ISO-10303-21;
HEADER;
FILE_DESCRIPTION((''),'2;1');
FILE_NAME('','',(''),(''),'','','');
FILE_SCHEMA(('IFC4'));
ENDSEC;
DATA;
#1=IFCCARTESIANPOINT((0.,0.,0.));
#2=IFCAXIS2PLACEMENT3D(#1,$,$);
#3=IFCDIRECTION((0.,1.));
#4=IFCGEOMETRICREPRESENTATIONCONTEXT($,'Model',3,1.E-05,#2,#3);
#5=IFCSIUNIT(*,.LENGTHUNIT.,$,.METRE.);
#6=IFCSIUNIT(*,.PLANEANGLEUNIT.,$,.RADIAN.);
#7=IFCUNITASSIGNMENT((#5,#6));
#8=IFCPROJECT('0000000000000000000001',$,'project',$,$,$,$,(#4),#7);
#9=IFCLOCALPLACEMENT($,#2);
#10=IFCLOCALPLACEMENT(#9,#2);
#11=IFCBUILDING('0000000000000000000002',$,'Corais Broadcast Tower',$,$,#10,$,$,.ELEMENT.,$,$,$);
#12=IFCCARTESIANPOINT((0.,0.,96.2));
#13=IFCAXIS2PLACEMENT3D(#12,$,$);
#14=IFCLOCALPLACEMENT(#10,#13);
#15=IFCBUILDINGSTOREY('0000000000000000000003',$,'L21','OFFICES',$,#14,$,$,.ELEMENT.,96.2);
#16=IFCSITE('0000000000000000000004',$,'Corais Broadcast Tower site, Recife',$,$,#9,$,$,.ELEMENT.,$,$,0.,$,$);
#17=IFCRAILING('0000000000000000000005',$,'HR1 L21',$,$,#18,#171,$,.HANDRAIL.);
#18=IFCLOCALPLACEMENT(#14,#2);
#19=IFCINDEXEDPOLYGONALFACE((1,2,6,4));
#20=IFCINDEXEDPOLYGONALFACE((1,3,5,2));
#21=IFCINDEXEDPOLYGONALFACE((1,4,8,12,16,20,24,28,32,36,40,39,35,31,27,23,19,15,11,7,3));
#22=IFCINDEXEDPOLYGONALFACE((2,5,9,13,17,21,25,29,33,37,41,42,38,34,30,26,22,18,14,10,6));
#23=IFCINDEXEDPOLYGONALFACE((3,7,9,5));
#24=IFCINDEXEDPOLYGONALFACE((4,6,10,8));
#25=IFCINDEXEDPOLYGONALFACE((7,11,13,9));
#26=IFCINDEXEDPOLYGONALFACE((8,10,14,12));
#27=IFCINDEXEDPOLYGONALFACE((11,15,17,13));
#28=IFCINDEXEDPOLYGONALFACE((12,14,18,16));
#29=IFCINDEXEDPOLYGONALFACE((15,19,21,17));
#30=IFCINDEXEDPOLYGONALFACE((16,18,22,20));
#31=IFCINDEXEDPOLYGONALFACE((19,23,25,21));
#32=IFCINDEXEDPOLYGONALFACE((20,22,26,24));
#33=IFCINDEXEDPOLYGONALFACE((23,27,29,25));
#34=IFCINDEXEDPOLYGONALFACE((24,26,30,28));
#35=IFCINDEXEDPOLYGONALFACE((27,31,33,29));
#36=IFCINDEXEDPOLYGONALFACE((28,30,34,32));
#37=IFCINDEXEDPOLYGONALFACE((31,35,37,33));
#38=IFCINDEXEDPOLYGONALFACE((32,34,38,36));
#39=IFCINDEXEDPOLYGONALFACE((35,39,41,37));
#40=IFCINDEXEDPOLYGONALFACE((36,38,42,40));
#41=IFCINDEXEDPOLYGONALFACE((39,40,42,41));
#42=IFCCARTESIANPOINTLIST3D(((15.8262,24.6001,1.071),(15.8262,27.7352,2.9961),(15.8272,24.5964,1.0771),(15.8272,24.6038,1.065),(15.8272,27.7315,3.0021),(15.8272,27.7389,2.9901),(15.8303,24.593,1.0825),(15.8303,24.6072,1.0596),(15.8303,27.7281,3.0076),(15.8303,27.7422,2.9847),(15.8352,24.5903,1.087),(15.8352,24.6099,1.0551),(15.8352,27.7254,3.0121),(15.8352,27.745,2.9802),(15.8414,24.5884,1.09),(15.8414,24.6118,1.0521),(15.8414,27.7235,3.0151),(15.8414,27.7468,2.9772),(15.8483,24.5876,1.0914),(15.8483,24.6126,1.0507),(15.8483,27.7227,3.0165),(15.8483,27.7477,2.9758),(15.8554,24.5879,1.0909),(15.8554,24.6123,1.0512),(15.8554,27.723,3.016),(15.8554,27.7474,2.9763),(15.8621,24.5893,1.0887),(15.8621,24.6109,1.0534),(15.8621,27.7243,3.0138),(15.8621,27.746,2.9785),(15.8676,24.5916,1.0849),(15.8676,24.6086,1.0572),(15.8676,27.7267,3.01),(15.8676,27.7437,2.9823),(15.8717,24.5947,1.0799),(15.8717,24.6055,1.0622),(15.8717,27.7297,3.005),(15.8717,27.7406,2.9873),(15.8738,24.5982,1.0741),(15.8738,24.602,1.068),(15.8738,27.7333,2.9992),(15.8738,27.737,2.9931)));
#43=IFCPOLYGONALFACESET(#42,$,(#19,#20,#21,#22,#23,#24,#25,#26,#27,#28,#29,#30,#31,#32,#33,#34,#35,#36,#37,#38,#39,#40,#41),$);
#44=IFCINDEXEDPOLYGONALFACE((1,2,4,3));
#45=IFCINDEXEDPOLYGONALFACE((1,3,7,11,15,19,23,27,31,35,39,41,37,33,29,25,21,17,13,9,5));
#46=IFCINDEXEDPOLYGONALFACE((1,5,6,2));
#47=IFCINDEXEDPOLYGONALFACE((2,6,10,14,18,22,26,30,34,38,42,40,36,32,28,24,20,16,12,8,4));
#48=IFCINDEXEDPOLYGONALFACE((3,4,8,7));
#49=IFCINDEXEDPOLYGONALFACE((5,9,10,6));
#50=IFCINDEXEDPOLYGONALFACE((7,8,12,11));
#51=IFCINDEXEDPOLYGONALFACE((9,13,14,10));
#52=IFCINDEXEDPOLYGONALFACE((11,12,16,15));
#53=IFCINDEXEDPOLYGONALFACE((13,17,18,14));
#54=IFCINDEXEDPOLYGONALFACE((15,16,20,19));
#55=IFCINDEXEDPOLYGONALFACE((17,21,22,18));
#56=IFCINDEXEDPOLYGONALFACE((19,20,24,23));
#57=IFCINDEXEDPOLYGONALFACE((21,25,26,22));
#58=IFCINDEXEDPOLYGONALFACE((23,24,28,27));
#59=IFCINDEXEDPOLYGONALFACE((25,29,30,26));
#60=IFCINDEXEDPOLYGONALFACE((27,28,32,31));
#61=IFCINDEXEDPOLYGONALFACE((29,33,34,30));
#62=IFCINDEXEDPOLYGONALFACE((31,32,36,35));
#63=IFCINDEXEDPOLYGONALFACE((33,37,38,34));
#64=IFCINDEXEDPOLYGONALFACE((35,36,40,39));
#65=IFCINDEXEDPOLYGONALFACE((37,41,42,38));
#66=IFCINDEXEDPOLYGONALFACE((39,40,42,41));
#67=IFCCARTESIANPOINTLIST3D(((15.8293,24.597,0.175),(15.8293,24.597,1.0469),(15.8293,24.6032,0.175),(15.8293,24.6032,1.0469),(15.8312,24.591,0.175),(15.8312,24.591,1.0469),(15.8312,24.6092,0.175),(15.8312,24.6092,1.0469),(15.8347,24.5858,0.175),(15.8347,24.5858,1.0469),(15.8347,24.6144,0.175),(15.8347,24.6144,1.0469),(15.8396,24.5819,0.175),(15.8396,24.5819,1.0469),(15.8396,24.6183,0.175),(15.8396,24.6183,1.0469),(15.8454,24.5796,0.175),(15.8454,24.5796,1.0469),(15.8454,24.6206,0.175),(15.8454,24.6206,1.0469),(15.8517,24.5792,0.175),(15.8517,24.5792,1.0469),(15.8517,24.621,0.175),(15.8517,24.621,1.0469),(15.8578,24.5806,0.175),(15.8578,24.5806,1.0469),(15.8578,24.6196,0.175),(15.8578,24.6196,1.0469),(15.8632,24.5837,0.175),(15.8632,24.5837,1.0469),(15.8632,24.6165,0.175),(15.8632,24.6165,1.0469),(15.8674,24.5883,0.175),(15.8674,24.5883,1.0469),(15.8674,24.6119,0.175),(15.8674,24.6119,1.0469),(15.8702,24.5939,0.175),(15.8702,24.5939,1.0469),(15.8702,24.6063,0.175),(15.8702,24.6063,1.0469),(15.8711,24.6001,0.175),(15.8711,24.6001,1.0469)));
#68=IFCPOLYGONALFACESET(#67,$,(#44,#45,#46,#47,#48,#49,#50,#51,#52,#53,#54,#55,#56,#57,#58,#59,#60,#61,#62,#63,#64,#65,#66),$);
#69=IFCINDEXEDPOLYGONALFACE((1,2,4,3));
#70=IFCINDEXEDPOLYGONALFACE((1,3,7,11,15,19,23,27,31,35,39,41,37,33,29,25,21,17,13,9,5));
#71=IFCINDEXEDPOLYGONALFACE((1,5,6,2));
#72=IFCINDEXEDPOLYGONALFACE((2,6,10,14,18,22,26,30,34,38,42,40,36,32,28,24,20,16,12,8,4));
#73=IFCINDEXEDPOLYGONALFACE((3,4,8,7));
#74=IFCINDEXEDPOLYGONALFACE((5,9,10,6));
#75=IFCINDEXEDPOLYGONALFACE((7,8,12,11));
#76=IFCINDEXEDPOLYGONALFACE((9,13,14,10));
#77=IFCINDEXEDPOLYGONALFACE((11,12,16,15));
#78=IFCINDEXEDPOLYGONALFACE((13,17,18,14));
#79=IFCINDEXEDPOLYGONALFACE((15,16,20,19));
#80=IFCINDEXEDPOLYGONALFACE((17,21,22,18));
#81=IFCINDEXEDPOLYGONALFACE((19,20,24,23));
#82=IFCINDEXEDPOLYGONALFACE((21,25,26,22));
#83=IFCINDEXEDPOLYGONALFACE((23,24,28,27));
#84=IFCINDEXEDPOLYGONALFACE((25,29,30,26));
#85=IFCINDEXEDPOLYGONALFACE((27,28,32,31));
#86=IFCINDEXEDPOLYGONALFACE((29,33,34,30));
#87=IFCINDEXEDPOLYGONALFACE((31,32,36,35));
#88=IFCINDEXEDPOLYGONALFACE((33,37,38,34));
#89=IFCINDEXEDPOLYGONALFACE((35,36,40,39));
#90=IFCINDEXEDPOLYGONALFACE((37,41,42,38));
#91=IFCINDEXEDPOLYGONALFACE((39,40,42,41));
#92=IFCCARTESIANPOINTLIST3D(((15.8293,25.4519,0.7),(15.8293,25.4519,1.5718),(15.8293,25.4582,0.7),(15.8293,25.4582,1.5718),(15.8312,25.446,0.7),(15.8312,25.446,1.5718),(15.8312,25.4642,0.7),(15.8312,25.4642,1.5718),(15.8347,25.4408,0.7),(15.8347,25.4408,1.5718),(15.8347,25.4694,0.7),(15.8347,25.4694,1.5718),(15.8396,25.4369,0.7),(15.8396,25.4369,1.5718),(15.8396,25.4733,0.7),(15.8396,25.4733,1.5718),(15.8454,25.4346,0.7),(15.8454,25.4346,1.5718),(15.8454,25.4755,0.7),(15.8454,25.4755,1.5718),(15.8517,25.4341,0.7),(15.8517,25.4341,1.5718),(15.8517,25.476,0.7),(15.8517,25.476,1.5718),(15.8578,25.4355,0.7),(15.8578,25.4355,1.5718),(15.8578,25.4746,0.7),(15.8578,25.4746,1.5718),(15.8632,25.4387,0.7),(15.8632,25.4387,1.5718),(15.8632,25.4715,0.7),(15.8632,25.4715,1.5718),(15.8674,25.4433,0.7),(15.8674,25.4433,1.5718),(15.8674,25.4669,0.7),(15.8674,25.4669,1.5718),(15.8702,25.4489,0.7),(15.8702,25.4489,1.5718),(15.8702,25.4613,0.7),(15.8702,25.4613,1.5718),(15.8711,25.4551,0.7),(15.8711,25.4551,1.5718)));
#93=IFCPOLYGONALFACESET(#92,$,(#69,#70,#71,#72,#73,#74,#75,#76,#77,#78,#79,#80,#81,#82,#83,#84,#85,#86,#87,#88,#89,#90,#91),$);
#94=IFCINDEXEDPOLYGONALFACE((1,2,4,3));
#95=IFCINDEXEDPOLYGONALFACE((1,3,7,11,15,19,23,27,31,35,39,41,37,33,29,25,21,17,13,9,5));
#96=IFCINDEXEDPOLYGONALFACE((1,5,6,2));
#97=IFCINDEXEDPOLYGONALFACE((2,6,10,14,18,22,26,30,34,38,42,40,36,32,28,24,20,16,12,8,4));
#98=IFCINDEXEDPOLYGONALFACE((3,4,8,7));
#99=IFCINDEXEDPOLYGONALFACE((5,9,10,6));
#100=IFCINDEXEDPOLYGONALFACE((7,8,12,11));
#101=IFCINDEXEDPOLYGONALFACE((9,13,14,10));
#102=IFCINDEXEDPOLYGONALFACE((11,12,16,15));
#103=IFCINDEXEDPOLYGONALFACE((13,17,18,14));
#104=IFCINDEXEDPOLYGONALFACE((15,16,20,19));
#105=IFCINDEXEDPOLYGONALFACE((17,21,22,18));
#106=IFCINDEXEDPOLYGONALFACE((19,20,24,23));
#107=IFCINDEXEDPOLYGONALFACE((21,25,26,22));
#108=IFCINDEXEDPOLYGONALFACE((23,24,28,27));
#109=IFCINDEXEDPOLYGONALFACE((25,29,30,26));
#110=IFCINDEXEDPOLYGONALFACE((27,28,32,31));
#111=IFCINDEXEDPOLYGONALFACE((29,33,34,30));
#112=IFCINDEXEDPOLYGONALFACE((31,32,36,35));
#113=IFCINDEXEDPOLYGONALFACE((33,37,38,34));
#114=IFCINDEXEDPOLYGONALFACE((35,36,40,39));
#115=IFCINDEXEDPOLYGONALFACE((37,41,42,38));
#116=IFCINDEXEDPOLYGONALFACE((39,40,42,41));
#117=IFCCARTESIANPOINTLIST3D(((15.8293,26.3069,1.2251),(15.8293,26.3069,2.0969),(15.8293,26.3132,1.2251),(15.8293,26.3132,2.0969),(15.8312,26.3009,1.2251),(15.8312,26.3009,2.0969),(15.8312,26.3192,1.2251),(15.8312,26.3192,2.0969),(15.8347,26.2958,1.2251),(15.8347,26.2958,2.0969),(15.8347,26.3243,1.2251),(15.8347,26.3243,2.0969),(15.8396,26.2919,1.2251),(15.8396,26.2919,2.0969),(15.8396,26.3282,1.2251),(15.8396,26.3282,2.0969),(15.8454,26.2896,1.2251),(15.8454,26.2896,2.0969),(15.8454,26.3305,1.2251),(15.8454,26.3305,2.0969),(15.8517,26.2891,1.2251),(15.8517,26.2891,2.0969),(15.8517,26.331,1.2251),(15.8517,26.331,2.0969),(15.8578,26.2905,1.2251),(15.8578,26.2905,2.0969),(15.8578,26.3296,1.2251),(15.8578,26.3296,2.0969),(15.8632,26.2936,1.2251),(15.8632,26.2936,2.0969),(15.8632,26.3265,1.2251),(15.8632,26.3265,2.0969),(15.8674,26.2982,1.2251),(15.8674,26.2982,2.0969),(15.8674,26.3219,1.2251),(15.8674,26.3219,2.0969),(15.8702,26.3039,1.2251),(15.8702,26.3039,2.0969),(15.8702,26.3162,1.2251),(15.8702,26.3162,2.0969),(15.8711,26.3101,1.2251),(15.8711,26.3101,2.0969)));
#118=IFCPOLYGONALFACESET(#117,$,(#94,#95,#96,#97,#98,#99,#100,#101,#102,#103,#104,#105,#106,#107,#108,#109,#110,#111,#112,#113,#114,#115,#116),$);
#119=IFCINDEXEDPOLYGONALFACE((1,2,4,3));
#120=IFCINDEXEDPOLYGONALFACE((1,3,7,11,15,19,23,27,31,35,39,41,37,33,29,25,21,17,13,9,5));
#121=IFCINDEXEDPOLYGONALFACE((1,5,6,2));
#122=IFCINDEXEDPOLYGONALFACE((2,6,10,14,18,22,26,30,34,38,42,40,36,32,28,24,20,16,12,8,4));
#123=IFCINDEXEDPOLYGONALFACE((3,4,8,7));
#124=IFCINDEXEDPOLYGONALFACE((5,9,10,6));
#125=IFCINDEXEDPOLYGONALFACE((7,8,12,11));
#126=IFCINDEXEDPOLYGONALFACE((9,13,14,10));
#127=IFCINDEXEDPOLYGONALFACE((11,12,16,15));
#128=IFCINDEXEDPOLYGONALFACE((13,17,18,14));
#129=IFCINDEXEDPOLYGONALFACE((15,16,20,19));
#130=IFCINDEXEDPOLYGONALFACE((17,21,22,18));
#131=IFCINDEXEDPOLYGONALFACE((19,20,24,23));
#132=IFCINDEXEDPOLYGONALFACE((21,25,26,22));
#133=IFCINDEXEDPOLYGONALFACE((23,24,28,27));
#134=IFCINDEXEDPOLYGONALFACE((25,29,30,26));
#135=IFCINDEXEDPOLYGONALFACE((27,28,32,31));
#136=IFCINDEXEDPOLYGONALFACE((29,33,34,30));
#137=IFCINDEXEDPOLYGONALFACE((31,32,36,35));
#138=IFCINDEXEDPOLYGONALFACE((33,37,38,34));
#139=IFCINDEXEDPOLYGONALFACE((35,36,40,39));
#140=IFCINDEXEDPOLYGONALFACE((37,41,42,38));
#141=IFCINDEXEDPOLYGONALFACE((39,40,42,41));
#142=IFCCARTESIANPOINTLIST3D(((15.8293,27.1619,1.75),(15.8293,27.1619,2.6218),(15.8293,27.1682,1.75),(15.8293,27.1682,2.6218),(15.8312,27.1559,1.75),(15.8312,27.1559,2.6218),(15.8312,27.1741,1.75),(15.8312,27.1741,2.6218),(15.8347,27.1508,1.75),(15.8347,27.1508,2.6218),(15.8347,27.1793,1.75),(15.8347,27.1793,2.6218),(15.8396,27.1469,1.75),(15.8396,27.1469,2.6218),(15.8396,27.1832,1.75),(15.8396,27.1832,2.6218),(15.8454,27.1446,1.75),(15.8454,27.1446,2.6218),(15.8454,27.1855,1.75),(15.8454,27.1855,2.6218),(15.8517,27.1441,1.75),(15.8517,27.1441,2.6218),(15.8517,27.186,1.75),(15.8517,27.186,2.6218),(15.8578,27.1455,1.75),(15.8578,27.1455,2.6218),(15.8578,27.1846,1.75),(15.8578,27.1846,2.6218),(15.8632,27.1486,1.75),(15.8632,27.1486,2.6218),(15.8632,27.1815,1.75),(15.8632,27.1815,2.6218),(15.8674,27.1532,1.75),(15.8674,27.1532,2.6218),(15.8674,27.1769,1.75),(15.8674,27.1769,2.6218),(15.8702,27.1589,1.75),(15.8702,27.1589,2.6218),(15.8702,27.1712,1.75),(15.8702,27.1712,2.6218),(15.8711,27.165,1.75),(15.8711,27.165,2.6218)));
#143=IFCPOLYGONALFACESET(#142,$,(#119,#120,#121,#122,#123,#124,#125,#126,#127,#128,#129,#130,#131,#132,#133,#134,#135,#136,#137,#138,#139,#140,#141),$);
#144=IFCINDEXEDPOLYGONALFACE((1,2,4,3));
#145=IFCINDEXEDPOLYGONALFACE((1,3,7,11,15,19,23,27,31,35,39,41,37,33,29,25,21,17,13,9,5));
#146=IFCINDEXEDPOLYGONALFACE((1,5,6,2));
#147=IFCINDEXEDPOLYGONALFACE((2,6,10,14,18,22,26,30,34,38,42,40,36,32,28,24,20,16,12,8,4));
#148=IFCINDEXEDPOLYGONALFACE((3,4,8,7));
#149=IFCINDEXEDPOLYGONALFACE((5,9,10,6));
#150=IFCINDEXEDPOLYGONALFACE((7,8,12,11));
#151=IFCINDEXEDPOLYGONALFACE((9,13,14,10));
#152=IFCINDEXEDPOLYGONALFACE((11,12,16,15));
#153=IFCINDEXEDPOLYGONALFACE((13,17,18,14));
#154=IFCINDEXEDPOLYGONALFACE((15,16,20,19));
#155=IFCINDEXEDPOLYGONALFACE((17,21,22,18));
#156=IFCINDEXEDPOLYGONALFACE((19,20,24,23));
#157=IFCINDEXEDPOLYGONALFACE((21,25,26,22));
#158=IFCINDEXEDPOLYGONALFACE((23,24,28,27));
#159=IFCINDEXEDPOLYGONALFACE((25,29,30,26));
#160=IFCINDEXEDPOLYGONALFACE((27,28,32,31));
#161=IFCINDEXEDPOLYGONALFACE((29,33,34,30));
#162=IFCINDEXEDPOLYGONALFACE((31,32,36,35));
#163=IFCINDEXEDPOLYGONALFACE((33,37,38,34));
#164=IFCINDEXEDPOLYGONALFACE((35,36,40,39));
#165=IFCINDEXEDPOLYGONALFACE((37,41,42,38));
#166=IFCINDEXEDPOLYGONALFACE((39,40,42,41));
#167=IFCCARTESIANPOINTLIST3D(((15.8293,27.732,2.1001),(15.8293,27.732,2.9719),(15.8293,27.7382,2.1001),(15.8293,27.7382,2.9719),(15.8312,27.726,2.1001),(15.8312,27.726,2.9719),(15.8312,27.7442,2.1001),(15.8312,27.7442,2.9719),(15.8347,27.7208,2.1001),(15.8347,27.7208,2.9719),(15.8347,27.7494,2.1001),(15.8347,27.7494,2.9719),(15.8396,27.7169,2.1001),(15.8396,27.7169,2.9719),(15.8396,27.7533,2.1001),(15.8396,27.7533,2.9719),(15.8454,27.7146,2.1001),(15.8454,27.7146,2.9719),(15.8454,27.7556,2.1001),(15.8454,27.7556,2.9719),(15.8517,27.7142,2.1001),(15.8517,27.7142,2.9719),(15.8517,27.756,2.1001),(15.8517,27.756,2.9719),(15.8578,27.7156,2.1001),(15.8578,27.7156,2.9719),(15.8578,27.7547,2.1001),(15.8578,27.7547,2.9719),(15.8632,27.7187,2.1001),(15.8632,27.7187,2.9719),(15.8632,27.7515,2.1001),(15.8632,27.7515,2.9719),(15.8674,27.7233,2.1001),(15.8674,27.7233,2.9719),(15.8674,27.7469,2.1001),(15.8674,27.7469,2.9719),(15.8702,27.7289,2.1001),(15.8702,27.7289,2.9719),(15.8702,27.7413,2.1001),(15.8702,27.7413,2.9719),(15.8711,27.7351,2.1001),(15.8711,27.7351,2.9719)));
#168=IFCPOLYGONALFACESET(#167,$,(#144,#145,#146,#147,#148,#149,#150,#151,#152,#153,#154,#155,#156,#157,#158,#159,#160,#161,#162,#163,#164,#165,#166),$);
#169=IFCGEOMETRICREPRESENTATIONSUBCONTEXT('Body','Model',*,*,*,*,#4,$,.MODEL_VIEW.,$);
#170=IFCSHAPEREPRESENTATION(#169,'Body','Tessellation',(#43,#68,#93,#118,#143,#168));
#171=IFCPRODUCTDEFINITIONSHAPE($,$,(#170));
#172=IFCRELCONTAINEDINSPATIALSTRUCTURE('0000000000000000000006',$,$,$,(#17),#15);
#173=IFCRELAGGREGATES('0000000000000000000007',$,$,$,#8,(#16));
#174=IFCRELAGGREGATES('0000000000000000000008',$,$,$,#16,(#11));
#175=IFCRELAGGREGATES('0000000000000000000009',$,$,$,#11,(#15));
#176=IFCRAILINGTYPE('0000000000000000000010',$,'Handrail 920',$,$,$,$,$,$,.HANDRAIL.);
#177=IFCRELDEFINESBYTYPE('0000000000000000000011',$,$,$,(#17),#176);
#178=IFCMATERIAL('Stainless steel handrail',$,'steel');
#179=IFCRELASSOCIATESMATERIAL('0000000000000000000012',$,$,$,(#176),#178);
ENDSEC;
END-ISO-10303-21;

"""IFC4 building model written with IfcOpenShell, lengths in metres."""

from ifc_helpers import new_model, si_unit, direction, frame, origin, origin_2d, place, context, subcontext, project, spatial, circle, extrude, material, type_object, element, save


model = new_model("IFC4")

# Units and contexts
model_context = context("Model", 3, precision=1e-05, world=origin(), true_north=direction((0.0, 1.0)))
body_context = subcontext(model_context, "Body", "Model", "MODEL_VIEW")
ifc_project = project(units=[si_unit("LENGTHUNIT", "METRE"), si_unit("PLANEANGLEUNIT", "RADIAN")], contexts=[model_context])

# Site, building, storey
site_placement = place(None, origin())
site = spatial("IfcSite", under=ifc_project, at=site_placement, Name="Corais Broadcast Tower site, Recife", CompositionType="ELEMENT", RefElevation=0.0)
building_placement = place(site_placement, origin())
building = spatial("IfcBuilding", under=site, at=building_placement, Name="Corais Broadcast Tower", CompositionType="ELEMENT")
storey_placement = place(building_placement, frame((0.0, 0.0, 96.2)))
storey = spatial("IfcBuildingStorey", under=building, at=storey_placement, Name="L21", Description="OFFICES", CompositionType="ELEMENT", Elevation=96.2)

# Railing
ifc_material_1 = material(Name="Stainless steel handrail", Category="steel")
railing_type = type_object("IfcRailingType", Name="Handrail 920", PredefinedType="HANDRAIL", material=ifc_material_1)
for number, where, name in (
    (1, (15.8501, 24.6001, 0.175), "HR1 L21"),
):
    element("IfcRailing", number, at=place(storey_placement, frame(where)), inside=storey, type_object=railing_type, Name=name, PredefinedType="HANDRAIL", context=body_context, shape_type="SweptSolid", body=[
        extrude(circle(Radius=0.0239, at=origin_2d()), frame((0.0, 0.0, 0.896), z_axis=(0.0, 0.852166, 0.523271), x_axis=(-1.0, 0.0, 0.0)), (0.0, 0.0, 1.0), 3.679),
        extrude(circle(Radius=0.021, at=origin_2d()), origin(), (0.0, 0.0, 1.0), 0.8718),
        extrude(circle(Radius=0.021, at=origin_2d()), frame((0.0, 0.855, 0.5249)), (0.0, 0.0, 1.0), 0.8718),
        extrude(circle(Radius=0.021, at=origin_2d()), frame((0.0, 1.71, 1.05)), (0.0, 0.0, 1.0), 0.8718),
        extrude(circle(Radius=0.021, at=origin_2d()), frame((0.0, 2.5649, 1.575)), (0.0, 0.0, 1.0), 0.8718),
        extrude(circle(Radius=0.021, at=origin_2d()), frame((0.0, 3.135, 1.925)), (0.0, 0.0, 1.0), 0.8718),
    ])

save(model, "model.ifc")
